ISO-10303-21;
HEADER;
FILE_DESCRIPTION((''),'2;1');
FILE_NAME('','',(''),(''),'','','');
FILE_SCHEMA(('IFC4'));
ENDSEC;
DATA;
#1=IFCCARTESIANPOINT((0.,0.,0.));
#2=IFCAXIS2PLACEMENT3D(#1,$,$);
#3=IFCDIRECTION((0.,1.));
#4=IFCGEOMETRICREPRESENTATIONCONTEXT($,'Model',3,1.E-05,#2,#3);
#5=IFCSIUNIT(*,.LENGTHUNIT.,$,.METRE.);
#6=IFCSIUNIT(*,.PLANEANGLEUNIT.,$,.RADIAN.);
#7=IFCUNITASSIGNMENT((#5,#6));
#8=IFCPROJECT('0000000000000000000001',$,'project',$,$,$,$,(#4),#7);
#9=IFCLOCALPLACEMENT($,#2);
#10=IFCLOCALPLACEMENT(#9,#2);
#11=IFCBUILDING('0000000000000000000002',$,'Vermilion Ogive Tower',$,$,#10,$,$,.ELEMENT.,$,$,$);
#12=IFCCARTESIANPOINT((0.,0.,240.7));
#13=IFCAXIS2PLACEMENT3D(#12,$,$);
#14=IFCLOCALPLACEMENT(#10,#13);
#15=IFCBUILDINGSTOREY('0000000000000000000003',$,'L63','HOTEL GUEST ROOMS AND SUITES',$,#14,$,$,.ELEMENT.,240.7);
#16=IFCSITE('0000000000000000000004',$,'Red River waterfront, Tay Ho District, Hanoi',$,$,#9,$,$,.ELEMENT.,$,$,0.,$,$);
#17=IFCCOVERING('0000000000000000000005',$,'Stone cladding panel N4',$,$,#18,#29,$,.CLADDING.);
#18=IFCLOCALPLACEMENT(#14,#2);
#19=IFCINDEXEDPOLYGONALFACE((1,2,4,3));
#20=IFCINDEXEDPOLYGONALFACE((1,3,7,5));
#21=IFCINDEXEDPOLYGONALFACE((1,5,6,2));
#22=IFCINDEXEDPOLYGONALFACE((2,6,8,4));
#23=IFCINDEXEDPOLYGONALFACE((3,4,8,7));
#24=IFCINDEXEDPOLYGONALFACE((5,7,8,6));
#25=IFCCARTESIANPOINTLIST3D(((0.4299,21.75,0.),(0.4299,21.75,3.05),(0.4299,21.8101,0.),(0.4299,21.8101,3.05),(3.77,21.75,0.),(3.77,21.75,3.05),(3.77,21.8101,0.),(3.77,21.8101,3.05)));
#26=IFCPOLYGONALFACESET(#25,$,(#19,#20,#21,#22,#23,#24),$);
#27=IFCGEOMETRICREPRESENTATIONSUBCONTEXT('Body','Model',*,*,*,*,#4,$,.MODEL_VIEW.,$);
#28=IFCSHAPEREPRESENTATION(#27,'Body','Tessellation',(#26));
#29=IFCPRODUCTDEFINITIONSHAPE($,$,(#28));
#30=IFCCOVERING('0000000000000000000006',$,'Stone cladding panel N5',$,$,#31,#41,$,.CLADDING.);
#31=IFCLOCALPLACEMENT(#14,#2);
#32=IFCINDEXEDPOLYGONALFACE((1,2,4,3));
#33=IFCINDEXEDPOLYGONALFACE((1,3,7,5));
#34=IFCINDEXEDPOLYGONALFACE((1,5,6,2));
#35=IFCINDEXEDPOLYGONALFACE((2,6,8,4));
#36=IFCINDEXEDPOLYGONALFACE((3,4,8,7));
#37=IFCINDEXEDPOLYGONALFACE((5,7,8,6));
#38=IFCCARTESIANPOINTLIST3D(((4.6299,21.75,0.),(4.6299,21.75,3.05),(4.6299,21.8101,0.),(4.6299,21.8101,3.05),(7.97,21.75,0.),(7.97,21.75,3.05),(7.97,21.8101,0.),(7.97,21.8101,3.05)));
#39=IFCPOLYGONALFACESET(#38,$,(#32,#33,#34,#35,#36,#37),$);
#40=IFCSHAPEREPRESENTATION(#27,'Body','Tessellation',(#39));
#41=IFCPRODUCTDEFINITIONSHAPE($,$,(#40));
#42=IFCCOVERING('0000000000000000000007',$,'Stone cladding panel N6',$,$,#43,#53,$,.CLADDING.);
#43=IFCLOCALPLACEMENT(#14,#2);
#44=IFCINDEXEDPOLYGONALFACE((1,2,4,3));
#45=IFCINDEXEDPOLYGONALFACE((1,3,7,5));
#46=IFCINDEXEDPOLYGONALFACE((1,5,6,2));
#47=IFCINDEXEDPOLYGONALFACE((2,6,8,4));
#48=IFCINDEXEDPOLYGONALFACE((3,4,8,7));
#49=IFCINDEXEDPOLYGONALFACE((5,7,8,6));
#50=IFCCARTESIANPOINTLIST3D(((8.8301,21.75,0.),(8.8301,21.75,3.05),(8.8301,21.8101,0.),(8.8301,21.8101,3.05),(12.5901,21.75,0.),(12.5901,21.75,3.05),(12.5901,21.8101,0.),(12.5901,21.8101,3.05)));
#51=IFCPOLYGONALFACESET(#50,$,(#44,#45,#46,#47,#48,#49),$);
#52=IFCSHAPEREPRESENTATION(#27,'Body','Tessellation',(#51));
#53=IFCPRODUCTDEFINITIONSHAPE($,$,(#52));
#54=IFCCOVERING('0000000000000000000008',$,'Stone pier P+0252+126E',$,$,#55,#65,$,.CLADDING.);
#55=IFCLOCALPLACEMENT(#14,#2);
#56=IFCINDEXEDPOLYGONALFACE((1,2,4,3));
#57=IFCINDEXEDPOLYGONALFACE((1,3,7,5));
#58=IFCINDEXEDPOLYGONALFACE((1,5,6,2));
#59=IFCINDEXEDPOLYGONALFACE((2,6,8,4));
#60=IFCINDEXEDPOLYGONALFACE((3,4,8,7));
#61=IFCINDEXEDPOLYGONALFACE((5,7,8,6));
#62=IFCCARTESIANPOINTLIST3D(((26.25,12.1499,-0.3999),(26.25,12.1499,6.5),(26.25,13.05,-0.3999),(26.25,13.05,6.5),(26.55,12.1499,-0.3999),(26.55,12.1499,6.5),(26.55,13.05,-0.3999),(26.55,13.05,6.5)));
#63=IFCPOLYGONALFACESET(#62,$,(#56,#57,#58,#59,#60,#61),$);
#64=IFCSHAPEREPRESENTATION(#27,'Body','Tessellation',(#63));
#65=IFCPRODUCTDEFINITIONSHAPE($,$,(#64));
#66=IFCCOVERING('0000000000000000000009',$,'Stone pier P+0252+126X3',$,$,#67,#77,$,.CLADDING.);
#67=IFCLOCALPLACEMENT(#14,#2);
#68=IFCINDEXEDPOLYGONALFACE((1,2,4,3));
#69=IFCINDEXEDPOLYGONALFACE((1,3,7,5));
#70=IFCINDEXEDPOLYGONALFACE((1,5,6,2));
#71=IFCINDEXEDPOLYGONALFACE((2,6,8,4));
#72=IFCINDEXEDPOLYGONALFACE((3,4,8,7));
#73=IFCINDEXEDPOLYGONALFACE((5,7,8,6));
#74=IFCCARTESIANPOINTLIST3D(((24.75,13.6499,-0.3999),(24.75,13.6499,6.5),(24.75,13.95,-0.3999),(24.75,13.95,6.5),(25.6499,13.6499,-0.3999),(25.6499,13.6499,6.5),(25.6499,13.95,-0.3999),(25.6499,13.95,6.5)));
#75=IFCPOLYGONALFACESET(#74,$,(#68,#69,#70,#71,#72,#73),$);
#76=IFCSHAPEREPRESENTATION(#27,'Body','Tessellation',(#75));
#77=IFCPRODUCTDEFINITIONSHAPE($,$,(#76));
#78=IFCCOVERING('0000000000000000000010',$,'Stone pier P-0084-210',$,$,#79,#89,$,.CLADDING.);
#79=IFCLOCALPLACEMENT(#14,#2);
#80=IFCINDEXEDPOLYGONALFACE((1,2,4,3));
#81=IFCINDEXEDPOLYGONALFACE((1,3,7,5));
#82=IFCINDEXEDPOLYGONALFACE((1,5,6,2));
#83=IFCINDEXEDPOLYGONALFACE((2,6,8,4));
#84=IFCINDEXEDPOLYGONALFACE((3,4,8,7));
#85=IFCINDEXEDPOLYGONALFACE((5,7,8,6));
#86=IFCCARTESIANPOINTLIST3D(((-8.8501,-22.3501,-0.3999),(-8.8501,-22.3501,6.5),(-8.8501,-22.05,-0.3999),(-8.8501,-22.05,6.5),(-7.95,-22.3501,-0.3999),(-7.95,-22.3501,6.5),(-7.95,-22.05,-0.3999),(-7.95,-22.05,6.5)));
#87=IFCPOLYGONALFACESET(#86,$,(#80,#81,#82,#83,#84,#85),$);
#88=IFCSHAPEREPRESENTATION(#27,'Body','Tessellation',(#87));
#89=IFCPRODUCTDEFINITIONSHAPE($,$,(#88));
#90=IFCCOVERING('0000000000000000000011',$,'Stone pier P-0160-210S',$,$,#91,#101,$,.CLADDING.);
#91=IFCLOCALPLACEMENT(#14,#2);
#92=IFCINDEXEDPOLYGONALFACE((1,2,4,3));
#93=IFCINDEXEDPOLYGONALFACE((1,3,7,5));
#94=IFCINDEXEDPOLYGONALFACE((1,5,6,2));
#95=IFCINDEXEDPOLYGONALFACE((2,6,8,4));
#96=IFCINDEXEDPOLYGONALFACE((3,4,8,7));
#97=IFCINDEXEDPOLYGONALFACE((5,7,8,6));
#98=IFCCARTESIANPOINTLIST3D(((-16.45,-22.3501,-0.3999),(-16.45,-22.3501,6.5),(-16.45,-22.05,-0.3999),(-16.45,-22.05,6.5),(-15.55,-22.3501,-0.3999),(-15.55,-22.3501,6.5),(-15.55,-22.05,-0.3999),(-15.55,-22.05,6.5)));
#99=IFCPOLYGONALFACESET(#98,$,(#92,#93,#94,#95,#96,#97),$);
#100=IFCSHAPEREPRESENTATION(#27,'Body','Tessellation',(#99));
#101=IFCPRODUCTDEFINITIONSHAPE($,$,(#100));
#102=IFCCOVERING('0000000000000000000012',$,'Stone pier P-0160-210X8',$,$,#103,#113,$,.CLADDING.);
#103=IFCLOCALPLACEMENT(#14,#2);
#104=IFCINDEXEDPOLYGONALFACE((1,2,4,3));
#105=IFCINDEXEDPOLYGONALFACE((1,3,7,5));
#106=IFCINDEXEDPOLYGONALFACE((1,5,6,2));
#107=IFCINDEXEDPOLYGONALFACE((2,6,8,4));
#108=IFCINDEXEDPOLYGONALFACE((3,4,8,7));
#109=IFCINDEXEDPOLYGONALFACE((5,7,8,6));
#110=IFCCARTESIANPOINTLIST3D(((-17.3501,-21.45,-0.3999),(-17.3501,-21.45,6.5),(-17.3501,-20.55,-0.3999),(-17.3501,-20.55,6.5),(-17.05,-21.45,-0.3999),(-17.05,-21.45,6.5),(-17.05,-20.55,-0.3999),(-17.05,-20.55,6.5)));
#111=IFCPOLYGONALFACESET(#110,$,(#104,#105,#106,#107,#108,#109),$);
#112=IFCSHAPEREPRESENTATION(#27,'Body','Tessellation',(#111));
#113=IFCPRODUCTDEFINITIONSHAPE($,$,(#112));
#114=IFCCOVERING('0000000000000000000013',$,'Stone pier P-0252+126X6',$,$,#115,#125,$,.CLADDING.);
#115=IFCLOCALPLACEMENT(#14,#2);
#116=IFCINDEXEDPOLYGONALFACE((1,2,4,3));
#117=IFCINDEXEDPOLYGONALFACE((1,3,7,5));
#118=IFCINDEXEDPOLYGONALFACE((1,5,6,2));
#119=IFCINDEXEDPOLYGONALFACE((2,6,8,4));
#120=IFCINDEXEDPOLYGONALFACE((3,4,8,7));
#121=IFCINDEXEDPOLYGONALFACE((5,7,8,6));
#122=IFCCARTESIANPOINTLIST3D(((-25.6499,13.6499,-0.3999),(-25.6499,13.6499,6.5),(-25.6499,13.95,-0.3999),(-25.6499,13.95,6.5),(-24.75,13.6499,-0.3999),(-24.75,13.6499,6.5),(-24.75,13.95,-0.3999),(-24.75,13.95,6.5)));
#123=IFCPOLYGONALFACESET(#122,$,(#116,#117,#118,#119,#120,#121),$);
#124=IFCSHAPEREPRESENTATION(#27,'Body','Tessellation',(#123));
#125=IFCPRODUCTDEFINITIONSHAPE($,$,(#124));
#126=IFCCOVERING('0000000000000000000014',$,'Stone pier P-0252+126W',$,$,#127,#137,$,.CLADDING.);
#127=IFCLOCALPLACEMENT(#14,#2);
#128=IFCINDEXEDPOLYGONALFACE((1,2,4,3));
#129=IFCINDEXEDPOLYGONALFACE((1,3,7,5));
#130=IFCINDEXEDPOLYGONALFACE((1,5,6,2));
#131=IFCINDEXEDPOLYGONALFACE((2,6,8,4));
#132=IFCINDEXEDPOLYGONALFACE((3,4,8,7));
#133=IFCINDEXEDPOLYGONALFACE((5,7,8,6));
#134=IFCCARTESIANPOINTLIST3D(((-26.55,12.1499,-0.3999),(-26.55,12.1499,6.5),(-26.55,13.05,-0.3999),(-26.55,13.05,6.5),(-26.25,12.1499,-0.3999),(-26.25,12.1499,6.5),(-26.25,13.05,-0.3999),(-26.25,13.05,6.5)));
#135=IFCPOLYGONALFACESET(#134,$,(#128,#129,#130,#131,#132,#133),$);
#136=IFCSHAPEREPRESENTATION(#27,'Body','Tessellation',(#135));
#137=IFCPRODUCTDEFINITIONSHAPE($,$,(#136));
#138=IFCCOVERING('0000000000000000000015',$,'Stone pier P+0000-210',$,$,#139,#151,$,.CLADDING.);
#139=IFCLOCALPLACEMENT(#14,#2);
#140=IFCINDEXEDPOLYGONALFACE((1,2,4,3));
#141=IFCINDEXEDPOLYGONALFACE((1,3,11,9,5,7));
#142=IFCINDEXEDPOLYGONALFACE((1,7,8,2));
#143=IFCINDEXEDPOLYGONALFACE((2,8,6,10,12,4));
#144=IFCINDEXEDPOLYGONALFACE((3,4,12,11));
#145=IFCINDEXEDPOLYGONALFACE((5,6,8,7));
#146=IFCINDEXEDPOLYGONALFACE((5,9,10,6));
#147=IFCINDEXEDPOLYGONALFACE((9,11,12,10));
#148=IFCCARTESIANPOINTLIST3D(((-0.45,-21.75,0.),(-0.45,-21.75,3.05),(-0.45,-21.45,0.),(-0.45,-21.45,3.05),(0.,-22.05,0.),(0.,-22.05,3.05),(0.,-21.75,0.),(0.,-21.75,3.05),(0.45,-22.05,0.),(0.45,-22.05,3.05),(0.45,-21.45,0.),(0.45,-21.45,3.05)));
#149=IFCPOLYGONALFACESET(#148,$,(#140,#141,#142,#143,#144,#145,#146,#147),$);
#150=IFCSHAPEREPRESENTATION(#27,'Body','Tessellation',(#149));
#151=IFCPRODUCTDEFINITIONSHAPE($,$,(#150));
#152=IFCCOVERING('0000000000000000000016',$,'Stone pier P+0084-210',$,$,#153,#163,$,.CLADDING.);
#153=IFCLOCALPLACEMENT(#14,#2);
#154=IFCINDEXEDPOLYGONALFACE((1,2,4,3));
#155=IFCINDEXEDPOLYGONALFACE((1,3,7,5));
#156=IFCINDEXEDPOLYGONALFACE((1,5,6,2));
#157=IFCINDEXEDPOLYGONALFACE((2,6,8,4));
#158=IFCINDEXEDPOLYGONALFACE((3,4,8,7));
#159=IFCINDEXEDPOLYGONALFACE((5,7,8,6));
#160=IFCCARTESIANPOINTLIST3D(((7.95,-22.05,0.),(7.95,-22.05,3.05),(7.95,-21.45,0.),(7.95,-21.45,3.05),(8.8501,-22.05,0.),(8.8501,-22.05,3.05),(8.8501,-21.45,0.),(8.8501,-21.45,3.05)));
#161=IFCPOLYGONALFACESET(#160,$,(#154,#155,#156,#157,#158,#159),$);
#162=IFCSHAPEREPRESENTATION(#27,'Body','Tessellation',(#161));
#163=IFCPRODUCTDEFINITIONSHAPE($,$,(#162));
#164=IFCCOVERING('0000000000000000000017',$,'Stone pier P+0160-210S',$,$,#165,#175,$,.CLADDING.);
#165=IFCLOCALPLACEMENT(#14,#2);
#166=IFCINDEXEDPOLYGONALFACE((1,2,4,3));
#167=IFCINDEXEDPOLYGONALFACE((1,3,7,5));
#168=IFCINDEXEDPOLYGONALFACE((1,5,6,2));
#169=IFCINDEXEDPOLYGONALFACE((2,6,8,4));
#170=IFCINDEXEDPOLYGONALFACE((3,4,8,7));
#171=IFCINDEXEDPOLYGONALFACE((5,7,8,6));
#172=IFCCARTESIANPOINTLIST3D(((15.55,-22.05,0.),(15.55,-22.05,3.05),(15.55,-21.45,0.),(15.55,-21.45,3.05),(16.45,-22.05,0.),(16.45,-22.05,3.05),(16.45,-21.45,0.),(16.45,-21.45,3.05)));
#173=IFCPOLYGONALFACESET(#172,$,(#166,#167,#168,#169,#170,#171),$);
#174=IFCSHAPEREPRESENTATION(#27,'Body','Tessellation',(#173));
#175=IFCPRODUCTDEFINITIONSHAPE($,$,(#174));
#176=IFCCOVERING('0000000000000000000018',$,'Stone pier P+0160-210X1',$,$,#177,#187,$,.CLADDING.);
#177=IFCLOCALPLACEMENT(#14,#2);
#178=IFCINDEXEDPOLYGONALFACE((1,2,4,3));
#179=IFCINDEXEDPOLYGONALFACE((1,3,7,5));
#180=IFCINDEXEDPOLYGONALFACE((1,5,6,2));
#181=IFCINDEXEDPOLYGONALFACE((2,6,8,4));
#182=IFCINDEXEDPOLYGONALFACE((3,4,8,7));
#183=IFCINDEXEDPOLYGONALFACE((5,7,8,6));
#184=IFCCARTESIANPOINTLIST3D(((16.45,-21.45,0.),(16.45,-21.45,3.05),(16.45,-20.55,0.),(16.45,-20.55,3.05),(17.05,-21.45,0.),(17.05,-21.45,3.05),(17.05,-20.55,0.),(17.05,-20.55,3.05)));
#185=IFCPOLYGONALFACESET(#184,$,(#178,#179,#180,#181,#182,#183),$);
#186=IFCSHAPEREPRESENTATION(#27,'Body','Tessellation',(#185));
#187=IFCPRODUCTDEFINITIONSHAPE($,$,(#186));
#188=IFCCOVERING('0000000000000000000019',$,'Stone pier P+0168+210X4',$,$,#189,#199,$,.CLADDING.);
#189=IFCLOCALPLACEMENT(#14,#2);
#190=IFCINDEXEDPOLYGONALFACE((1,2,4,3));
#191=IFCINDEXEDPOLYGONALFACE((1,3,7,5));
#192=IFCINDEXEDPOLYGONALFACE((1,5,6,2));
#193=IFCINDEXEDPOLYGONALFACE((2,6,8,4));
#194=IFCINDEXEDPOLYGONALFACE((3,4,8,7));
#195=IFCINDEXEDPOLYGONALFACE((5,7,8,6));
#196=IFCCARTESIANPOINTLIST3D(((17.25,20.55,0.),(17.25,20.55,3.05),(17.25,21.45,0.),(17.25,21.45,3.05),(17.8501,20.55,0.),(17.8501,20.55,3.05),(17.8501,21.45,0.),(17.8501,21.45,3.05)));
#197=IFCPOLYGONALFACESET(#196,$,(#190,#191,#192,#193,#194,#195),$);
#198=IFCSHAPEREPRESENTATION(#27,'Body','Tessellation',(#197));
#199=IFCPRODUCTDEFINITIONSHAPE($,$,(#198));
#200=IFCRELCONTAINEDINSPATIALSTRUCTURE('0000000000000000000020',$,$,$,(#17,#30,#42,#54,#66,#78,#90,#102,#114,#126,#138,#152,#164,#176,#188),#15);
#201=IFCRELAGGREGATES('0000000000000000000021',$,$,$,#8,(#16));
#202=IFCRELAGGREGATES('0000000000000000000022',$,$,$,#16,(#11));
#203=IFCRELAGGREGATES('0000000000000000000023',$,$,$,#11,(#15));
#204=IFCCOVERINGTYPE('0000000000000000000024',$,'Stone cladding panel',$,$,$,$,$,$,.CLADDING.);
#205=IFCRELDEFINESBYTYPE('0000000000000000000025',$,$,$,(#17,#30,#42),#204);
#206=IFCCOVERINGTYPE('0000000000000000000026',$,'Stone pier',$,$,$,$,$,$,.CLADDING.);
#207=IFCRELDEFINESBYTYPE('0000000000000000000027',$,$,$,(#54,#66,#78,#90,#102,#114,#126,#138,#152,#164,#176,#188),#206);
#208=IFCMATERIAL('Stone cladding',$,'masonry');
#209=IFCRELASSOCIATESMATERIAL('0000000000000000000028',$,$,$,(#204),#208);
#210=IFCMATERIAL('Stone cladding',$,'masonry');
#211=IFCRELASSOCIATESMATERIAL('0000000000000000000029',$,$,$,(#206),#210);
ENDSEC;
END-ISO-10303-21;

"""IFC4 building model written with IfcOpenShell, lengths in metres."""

from ifc_helpers import new_model, si_unit, direction, frame, origin, place, context, subcontext, project, spatial, polyline, outline, extrude, material, type_object, element, save


model = new_model("IFC4")

# Units and contexts
model_context = context("Model", 3, precision=1e-05, world=origin(), true_north=direction((0.0, 1.0)))
body_context = subcontext(model_context, "Body", "Model", "MODEL_VIEW")
ifc_project = project(units=[si_unit("LENGTHUNIT", "METRE"), si_unit("PLANEANGLEUNIT", "RADIAN")], contexts=[model_context])

# Site, building, storey
site_placement = place(None, origin())
site = spatial("IfcSite", under=ifc_project, at=site_placement, Name="Red River waterfront, Tay Ho District, Hanoi", CompositionType="ELEMENT", RefElevation=0.0)
building_placement = place(site_placement, origin())
building = spatial("IfcBuilding", under=site, at=building_placement, Name="Vermilion Ogive Tower", CompositionType="ELEMENT")
storey_placement = place(building_placement, frame((0.0, 0.0, 240.7)))
storey = spatial("IfcBuildingStorey", under=building, at=storey_placement, Name="L63", Description="HOTEL GUEST ROOMS AND SUITES", CompositionType="ELEMENT", Elevation=240.7)

# Coverings
ifc_material_1 = material(Name="Stone cladding", Category="masonry")
covering_type_1 = type_object("IfcCoveringType", Name="Stone cladding panel", PredefinedType="CLADDING", material=ifc_material_1)
covering_1_placement = place(storey_placement, origin())
element("IfcCovering", 1, at=covering_1_placement, inside=storey, type_object=covering_type_1, Name="Stone cladding panel N4", PredefinedType="CLADDING", context=body_context, shape_type="SweptSolid", body=[
    extrude(outline(polyline([(0.4299, 21.75), (3.77, 21.75), (3.77, 21.8101), (0.4299, 21.8101), (0.4299, 21.75)])), origin(), (0.0, 0.0, 1.0), 3.05),
])
covering_2_placement = place(storey_placement, origin())
element("IfcCovering", 2, at=covering_2_placement, inside=storey, type_object=covering_type_1, Name="Stone cladding panel N5", PredefinedType="CLADDING", context=body_context, shape_type="SweptSolid", body=[
    extrude(outline(polyline([(4.6299, 21.75), (7.97, 21.75), (7.97, 21.8101), (4.6299, 21.8101), (4.6299, 21.75)])), origin(), (0.0, 0.0, 1.0), 3.05),
])
covering_3_placement = place(storey_placement, origin())
element("IfcCovering", 3, at=covering_3_placement, inside=storey, type_object=covering_type_1, Name="Stone cladding panel N6", PredefinedType="CLADDING", context=body_context, shape_type="SweptSolid", body=[
    extrude(outline(polyline([(8.8301, 21.75), (12.5901, 21.75), (12.5901, 21.8101), (8.8301, 21.8101), (8.8301, 21.75)])), origin(), (0.0, 0.0, 1.0), 3.05),
])
ifc_material_2 = material(Name="Stone cladding", Category="masonry")
covering_type_2 = type_object("IfcCoveringType", Name="Stone pier", PredefinedType="CLADDING", material=ifc_material_2)
covering_4_placement = place(storey_placement, frame((0.0, 0.0, -0.3999)))
element("IfcCovering", 4, at=covering_4_placement, inside=storey, type_object=covering_type_2, Name="Stone pier P+0252+126E", PredefinedType="CLADDING", context=body_context, shape_type="SweptSolid", body=[
    extrude(outline(polyline([(26.55, 13.05), (26.55, 12.1499), (26.25, 12.1499), (26.25, 13.05), (26.55, 13.05)])), origin(), (0.0, 0.0, 1.0), 6.8999),
])
covering_5_placement = place(storey_placement, frame((0.0, 0.0, -0.3999)))
element("IfcCovering", 5, at=covering_5_placement, inside=storey, type_object=covering_type_2, Name="Stone pier P+0252+126X3", PredefinedType="CLADDING", context=body_context, shape_type="SweptSolid", body=[
    extrude(outline(polyline([(25.6499, 13.95), (25.6499, 13.6499), (24.75, 13.6499), (24.75, 13.95), (25.6499, 13.95)])), origin(), (0.0, 0.0, 1.0), 6.8999),
])
covering_6_placement = place(storey_placement, frame((0.0, 0.0, -0.3999)))
element("IfcCovering", 6, at=covering_6_placement, inside=storey, type_object=covering_type_2, Name="Stone pier P-0084-210", PredefinedType="CLADDING", context=body_context, shape_type="SweptSolid", body=[
    extrude(outline(polyline([(-7.95, -22.3501), (-8.8501, -22.3501), (-8.8501, -22.05), (-7.95, -22.05), (-7.95, -22.3501)])), origin(), (0.0, 0.0, 1.0), 6.8999),
])
covering_7_placement = place(storey_placement, frame((0.0, 0.0, -0.3999)))
element("IfcCovering", 7, at=covering_7_placement, inside=storey, type_object=covering_type_2, Name="Stone pier P-0160-210S", PredefinedType="CLADDING", context=body_context, shape_type="SweptSolid", body=[
    extrude(outline(polyline([(-15.55, -22.3501), (-16.45, -22.3501), (-16.45, -22.05), (-15.55, -22.05), (-15.55, -22.3501)])), origin(), (0.0, 0.0, 1.0), 6.8999),
])
covering_8_placement = place(storey_placement, frame((0.0, 0.0, -0.3999)))
element("IfcCovering", 8, at=covering_8_placement, inside=storey, type_object=covering_type_2, Name="Stone pier P-0160-210X8", PredefinedType="CLADDING", context=body_context, shape_type="SweptSolid", body=[
    extrude(outline(polyline([(-17.3501, -20.55), (-17.05, -20.55), (-17.05, -21.45), (-17.3501, -21.45), (-17.3501, -20.55)])), origin(), (0.0, 0.0, 1.0), 6.8999),
])
covering_9_placement = place(storey_placement, frame((0.0, 0.0, -0.3999)))
element("IfcCovering", 9, at=covering_9_placement, inside=storey, type_object=covering_type_2, Name="Stone pier P-0252+126X6", PredefinedType="CLADDING", context=body_context, shape_type="SweptSolid", body=[
    extrude(outline(polyline([(-25.6499, 13.95), (-24.75, 13.95), (-24.75, 13.6499), (-25.6499, 13.6499), (-25.6499, 13.95)])), origin(), (0.0, 0.0, 1.0), 6.8999),
])
covering_10_placement = place(storey_placement, frame((0.0, 0.0, -0.3999)))
element("IfcCovering", 10, at=covering_10_placement, inside=storey, type_object=covering_type_2, Name="Stone pier P-0252+126W", PredefinedType="CLADDING", context=body_context, shape_type="SweptSolid", body=[
    extrude(outline(polyline([(-26.55, 13.05), (-26.25, 13.05), (-26.25, 12.1499), (-26.55, 12.1499), (-26.55, 13.05)])), origin(), (0.0, 0.0, 1.0), 6.8999),
])
covering_11_placement = place(storey_placement, origin())
element("IfcCovering", 11, at=covering_11_placement, inside=storey, type_object=covering_type_2, Name="Stone pier P+0000-210", PredefinedType="CLADDING", context=body_context, shape_type="SweptSolid", body=[
    extrude(outline(polyline([(0.45, -22.05), (0.0, -22.05), (0.0, -21.75), (-0.45, -21.75), (-0.45, -21.45), (0.45, -21.45), (0.45, -22.05)])), origin(), (0.0, 0.0, 1.0), 3.05),
])
covering_12_placement = place(storey_placement, origin())
element("IfcCovering", 12, at=covering_12_placement, inside=storey, type_object=covering_type_2, Name="Stone pier P+0084-210", PredefinedType="CLADDING", context=body_context, shape_type="SweptSolid", body=[
    extrude(outline(polyline([(8.8501, -21.45), (8.8501, -22.05), (7.95, -22.05), (7.95, -21.45), (7.95, -21.45), (8.8501, -21.45)])), origin(), (0.0, 0.0, 1.0), 3.05),
])
covering_13_placement = place(storey_placement, origin())
element("IfcCovering", 13, at=covering_13_placement, inside=storey, type_object=covering_type_2, Name="Stone pier P+0160-210S", PredefinedType="CLADDING", context=body_context, shape_type="SweptSolid", body=[
    extrude(outline(polyline([(16.45, -21.45), (16.45, -21.45), (16.45, -22.05), (15.55, -22.05), (15.55, -21.45), (15.55, -21.45), (16.45, -21.45)])), origin(), (0.0, 0.0, 1.0), 3.05),
])
covering_14_placement = place(storey_placement, origin())
element("IfcCovering", 14, at=covering_14_placement, inside=storey, type_object=covering_type_2, Name="Stone pier P+0160-210X1", PredefinedType="CLADDING", context=body_context, shape_type="SweptSolid", body=[
    extrude(outline(polyline([(17.05, -21.45), (16.45, -21.45), (16.45, -21.45), (16.45, -20.55), (17.05, -20.55), (17.05, -21.45)])), origin(), (0.0, 0.0, 1.0), 3.05),
])
covering_15_placement = place(storey_placement, origin())
element("IfcCovering", 15, at=covering_15_placement, inside=storey, type_object=covering_type_2, Name="Stone pier P+0168+210X4", PredefinedType="CLADDING", context=body_context, shape_type="SweptSolid", body=[
    extrude(outline(polyline([(17.8501, 21.45), (17.8501, 20.55), (17.25, 20.55), (17.25, 21.45), (17.8501, 21.45)])), origin(), (0.0, 0.0, 1.0), 3.05),
])

save(model, "model.ifc")
